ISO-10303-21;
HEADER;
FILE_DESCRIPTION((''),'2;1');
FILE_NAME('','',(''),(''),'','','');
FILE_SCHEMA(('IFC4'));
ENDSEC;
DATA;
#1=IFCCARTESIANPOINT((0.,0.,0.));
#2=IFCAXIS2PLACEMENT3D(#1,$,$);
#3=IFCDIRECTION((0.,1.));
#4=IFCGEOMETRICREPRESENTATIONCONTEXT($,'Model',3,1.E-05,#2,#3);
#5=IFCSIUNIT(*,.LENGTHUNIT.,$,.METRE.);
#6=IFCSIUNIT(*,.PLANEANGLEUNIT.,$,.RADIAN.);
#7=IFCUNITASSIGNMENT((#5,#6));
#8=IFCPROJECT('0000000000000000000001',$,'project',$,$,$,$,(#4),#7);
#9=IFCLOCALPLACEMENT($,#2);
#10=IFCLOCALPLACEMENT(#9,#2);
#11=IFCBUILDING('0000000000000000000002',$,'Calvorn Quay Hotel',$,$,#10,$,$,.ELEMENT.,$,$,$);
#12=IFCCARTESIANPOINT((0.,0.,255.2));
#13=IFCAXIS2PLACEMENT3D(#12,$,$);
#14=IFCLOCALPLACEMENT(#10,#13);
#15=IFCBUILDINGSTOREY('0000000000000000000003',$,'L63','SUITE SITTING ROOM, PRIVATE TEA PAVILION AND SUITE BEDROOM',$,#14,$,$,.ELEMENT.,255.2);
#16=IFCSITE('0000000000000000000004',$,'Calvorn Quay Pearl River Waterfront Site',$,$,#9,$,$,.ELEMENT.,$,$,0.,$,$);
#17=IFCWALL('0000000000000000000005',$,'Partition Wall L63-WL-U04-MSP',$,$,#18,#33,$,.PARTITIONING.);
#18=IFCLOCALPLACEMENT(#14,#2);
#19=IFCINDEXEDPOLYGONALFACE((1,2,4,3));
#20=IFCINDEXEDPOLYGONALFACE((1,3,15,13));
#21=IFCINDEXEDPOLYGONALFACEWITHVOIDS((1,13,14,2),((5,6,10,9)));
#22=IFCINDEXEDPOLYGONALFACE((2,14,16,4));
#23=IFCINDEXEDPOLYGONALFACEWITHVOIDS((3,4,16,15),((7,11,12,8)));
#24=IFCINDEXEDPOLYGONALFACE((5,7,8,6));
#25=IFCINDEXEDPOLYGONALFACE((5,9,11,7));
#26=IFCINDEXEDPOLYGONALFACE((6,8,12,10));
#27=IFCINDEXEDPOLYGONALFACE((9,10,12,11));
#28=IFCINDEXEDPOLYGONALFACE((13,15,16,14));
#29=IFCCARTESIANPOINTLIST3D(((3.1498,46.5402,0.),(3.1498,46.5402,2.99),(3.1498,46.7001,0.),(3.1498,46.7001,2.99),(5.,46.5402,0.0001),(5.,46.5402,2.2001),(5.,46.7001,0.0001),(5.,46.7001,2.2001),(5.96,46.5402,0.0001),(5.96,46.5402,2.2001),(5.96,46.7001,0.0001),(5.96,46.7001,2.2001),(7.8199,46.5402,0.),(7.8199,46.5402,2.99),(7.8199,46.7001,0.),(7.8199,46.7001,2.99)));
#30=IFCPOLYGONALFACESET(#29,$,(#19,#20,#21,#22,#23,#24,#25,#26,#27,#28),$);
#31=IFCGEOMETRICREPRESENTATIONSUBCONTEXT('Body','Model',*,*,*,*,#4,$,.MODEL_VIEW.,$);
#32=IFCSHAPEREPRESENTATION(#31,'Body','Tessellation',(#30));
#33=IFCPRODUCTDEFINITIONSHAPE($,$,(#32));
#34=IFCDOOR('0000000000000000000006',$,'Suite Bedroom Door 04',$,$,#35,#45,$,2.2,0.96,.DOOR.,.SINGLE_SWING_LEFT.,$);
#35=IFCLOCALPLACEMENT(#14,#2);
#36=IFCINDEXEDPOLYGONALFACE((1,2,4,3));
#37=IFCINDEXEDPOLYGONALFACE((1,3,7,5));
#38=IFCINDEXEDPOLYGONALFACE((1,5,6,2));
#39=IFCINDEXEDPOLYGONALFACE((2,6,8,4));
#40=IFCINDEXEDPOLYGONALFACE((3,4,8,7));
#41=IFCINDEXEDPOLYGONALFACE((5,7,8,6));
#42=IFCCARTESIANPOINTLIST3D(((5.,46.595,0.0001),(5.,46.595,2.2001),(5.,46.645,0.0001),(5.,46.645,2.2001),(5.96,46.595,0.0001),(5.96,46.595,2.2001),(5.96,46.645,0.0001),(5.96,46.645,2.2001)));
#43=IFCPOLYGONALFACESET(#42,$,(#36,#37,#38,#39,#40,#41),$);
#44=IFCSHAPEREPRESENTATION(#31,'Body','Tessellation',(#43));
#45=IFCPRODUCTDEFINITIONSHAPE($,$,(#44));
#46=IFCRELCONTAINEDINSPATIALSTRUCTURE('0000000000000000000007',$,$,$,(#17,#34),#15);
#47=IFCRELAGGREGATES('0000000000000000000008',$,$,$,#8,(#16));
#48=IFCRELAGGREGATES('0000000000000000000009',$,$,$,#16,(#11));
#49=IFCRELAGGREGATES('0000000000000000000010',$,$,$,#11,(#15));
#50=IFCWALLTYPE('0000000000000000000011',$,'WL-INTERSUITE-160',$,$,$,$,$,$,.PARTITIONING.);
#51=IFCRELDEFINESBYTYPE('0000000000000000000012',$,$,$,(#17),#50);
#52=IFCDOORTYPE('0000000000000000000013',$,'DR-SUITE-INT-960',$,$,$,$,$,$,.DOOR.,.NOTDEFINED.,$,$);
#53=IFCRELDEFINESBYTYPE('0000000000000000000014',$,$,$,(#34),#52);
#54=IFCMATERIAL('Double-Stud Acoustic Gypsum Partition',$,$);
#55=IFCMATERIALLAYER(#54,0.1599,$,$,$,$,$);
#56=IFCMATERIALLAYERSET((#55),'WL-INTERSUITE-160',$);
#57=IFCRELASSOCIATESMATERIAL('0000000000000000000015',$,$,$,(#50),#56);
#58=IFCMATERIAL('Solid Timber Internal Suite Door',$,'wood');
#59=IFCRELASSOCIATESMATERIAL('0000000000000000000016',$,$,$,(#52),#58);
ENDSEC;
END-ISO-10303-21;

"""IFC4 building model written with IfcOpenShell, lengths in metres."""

from ifc_helpers import new_model, si_unit, direction, frame, frame_2d, origin, place, context, subcontext, project, spatial, rectangle, extrude, material, layer, layer_set, type_object, element, fill, save


model = new_model("IFC4")

# Units and contexts
model_context = context("Model", 3, precision=1e-05, world=origin(), true_north=direction((0.0, 1.0)))
body_context = subcontext(model_context, "Body", "Model", "MODEL_VIEW")
ifc_project = project(units=[si_unit("LENGTHUNIT", "METRE"), si_unit("PLANEANGLEUNIT", "RADIAN")], contexts=[model_context])

# Site, building, storey
site_placement = place(None, origin())
site = spatial("IfcSite", under=ifc_project, at=site_placement, Name="Calvorn Quay Pearl River Waterfront Site", CompositionType="ELEMENT", RefElevation=0.0)
building_placement = place(site_placement, origin())
building = spatial("IfcBuilding", under=site, at=building_placement, Name="Calvorn Quay Hotel", CompositionType="ELEMENT")
storey_placement = place(building_placement, frame((0.0, 0.0, 255.2)))
storey = spatial("IfcBuildingStorey", under=building, at=storey_placement, Name="L63", Description="SUITE SITTING ROOM, PRIVATE TEA PAVILION AND SUITE BEDROOM", CompositionType="ELEMENT", Elevation=255.2)

# Wall, opening, door
ifc_material_1 = material(Name="Double-Stud Acoustic Gypsum Partition")
ifc_layer_1 = layer(ifc_material_1, 0.1599)
ifc_layer_set_1 = layer_set([ifc_layer_1], Name="WL-INTERSUITE-160")
wall_type_1 = type_object("IfcWallType", Name="WL-INTERSUITE-160", PredefinedType="PARTITIONING", material=ifc_layer_set_1)
wall_1_placement = place(storey_placement, frame((3.1499, 46.6201, 0.0), z_axis=(0.0, 0.0, 1.0), x_axis=(1.0, 0.0, 0.0)))
wall_1 = element("IfcWall", 1, at=wall_1_placement, inside=storey, type_object=wall_type_1, Name="Partition Wall L63-WL-U04-MSP", PredefinedType="PARTITIONING", context=body_context, shape_type="SweptSolid", body=[
    extrude(rectangle(XDim=4.6702, YDim=0.1599, at=frame_2d((2.335, 0.0))), origin(), (0.0, 0.0, 1.0), 2.99),
])
opening_placement = place(wall_1_placement, frame((1.8501, 0.0, 0.0)))
opening = element("IfcOpeningElement", 2, at=opening_placement, cuts=wall_1, PredefinedType="OPENING", context=body_context, shape_type="SweptSolid", body=[
    extrude(rectangle(XDim=0.96, YDim=2.2, at=frame_2d((0.48, 1.1001))), frame((0.0, 0.0898, 0.0), z_axis=(0.0, -1.0, 0.0), x_axis=(1.0, 0.0, 0.0)), (0.0, 0.0, 1.0), 0.1799),
])
ifc_material_2 = material(Name="Solid Timber Internal Suite Door", Category="wood")
door_type = type_object("IfcDoorType", Name="DR-SUITE-INT-960", OperationType="NOTDEFINED", PredefinedType="DOOR", material=ifc_material_2)
door_placement = place(opening_placement, origin())
door = element("IfcDoor", 3, at=door_placement, inside=storey, type_object=door_type, Name="Suite Bedroom Door 04", OperationType="SINGLE_SWING_LEFT", OverallHeight=2.2, OverallWidth=0.96, PredefinedType="DOOR", context=body_context, shape_type="SweptSolid", body=[
    extrude(rectangle(XDim=0.96, YDim=2.2, at=frame_2d((0.48, 1.1001))), frame((0.0, 0.0249, 0.0), z_axis=(0.0, -1.0, 0.0), x_axis=(1.0, 0.0, 0.0)), (0.0, 0.0, 1.0), 0.05),
])
fill(opening, door)

save(model, "model.ifc")
